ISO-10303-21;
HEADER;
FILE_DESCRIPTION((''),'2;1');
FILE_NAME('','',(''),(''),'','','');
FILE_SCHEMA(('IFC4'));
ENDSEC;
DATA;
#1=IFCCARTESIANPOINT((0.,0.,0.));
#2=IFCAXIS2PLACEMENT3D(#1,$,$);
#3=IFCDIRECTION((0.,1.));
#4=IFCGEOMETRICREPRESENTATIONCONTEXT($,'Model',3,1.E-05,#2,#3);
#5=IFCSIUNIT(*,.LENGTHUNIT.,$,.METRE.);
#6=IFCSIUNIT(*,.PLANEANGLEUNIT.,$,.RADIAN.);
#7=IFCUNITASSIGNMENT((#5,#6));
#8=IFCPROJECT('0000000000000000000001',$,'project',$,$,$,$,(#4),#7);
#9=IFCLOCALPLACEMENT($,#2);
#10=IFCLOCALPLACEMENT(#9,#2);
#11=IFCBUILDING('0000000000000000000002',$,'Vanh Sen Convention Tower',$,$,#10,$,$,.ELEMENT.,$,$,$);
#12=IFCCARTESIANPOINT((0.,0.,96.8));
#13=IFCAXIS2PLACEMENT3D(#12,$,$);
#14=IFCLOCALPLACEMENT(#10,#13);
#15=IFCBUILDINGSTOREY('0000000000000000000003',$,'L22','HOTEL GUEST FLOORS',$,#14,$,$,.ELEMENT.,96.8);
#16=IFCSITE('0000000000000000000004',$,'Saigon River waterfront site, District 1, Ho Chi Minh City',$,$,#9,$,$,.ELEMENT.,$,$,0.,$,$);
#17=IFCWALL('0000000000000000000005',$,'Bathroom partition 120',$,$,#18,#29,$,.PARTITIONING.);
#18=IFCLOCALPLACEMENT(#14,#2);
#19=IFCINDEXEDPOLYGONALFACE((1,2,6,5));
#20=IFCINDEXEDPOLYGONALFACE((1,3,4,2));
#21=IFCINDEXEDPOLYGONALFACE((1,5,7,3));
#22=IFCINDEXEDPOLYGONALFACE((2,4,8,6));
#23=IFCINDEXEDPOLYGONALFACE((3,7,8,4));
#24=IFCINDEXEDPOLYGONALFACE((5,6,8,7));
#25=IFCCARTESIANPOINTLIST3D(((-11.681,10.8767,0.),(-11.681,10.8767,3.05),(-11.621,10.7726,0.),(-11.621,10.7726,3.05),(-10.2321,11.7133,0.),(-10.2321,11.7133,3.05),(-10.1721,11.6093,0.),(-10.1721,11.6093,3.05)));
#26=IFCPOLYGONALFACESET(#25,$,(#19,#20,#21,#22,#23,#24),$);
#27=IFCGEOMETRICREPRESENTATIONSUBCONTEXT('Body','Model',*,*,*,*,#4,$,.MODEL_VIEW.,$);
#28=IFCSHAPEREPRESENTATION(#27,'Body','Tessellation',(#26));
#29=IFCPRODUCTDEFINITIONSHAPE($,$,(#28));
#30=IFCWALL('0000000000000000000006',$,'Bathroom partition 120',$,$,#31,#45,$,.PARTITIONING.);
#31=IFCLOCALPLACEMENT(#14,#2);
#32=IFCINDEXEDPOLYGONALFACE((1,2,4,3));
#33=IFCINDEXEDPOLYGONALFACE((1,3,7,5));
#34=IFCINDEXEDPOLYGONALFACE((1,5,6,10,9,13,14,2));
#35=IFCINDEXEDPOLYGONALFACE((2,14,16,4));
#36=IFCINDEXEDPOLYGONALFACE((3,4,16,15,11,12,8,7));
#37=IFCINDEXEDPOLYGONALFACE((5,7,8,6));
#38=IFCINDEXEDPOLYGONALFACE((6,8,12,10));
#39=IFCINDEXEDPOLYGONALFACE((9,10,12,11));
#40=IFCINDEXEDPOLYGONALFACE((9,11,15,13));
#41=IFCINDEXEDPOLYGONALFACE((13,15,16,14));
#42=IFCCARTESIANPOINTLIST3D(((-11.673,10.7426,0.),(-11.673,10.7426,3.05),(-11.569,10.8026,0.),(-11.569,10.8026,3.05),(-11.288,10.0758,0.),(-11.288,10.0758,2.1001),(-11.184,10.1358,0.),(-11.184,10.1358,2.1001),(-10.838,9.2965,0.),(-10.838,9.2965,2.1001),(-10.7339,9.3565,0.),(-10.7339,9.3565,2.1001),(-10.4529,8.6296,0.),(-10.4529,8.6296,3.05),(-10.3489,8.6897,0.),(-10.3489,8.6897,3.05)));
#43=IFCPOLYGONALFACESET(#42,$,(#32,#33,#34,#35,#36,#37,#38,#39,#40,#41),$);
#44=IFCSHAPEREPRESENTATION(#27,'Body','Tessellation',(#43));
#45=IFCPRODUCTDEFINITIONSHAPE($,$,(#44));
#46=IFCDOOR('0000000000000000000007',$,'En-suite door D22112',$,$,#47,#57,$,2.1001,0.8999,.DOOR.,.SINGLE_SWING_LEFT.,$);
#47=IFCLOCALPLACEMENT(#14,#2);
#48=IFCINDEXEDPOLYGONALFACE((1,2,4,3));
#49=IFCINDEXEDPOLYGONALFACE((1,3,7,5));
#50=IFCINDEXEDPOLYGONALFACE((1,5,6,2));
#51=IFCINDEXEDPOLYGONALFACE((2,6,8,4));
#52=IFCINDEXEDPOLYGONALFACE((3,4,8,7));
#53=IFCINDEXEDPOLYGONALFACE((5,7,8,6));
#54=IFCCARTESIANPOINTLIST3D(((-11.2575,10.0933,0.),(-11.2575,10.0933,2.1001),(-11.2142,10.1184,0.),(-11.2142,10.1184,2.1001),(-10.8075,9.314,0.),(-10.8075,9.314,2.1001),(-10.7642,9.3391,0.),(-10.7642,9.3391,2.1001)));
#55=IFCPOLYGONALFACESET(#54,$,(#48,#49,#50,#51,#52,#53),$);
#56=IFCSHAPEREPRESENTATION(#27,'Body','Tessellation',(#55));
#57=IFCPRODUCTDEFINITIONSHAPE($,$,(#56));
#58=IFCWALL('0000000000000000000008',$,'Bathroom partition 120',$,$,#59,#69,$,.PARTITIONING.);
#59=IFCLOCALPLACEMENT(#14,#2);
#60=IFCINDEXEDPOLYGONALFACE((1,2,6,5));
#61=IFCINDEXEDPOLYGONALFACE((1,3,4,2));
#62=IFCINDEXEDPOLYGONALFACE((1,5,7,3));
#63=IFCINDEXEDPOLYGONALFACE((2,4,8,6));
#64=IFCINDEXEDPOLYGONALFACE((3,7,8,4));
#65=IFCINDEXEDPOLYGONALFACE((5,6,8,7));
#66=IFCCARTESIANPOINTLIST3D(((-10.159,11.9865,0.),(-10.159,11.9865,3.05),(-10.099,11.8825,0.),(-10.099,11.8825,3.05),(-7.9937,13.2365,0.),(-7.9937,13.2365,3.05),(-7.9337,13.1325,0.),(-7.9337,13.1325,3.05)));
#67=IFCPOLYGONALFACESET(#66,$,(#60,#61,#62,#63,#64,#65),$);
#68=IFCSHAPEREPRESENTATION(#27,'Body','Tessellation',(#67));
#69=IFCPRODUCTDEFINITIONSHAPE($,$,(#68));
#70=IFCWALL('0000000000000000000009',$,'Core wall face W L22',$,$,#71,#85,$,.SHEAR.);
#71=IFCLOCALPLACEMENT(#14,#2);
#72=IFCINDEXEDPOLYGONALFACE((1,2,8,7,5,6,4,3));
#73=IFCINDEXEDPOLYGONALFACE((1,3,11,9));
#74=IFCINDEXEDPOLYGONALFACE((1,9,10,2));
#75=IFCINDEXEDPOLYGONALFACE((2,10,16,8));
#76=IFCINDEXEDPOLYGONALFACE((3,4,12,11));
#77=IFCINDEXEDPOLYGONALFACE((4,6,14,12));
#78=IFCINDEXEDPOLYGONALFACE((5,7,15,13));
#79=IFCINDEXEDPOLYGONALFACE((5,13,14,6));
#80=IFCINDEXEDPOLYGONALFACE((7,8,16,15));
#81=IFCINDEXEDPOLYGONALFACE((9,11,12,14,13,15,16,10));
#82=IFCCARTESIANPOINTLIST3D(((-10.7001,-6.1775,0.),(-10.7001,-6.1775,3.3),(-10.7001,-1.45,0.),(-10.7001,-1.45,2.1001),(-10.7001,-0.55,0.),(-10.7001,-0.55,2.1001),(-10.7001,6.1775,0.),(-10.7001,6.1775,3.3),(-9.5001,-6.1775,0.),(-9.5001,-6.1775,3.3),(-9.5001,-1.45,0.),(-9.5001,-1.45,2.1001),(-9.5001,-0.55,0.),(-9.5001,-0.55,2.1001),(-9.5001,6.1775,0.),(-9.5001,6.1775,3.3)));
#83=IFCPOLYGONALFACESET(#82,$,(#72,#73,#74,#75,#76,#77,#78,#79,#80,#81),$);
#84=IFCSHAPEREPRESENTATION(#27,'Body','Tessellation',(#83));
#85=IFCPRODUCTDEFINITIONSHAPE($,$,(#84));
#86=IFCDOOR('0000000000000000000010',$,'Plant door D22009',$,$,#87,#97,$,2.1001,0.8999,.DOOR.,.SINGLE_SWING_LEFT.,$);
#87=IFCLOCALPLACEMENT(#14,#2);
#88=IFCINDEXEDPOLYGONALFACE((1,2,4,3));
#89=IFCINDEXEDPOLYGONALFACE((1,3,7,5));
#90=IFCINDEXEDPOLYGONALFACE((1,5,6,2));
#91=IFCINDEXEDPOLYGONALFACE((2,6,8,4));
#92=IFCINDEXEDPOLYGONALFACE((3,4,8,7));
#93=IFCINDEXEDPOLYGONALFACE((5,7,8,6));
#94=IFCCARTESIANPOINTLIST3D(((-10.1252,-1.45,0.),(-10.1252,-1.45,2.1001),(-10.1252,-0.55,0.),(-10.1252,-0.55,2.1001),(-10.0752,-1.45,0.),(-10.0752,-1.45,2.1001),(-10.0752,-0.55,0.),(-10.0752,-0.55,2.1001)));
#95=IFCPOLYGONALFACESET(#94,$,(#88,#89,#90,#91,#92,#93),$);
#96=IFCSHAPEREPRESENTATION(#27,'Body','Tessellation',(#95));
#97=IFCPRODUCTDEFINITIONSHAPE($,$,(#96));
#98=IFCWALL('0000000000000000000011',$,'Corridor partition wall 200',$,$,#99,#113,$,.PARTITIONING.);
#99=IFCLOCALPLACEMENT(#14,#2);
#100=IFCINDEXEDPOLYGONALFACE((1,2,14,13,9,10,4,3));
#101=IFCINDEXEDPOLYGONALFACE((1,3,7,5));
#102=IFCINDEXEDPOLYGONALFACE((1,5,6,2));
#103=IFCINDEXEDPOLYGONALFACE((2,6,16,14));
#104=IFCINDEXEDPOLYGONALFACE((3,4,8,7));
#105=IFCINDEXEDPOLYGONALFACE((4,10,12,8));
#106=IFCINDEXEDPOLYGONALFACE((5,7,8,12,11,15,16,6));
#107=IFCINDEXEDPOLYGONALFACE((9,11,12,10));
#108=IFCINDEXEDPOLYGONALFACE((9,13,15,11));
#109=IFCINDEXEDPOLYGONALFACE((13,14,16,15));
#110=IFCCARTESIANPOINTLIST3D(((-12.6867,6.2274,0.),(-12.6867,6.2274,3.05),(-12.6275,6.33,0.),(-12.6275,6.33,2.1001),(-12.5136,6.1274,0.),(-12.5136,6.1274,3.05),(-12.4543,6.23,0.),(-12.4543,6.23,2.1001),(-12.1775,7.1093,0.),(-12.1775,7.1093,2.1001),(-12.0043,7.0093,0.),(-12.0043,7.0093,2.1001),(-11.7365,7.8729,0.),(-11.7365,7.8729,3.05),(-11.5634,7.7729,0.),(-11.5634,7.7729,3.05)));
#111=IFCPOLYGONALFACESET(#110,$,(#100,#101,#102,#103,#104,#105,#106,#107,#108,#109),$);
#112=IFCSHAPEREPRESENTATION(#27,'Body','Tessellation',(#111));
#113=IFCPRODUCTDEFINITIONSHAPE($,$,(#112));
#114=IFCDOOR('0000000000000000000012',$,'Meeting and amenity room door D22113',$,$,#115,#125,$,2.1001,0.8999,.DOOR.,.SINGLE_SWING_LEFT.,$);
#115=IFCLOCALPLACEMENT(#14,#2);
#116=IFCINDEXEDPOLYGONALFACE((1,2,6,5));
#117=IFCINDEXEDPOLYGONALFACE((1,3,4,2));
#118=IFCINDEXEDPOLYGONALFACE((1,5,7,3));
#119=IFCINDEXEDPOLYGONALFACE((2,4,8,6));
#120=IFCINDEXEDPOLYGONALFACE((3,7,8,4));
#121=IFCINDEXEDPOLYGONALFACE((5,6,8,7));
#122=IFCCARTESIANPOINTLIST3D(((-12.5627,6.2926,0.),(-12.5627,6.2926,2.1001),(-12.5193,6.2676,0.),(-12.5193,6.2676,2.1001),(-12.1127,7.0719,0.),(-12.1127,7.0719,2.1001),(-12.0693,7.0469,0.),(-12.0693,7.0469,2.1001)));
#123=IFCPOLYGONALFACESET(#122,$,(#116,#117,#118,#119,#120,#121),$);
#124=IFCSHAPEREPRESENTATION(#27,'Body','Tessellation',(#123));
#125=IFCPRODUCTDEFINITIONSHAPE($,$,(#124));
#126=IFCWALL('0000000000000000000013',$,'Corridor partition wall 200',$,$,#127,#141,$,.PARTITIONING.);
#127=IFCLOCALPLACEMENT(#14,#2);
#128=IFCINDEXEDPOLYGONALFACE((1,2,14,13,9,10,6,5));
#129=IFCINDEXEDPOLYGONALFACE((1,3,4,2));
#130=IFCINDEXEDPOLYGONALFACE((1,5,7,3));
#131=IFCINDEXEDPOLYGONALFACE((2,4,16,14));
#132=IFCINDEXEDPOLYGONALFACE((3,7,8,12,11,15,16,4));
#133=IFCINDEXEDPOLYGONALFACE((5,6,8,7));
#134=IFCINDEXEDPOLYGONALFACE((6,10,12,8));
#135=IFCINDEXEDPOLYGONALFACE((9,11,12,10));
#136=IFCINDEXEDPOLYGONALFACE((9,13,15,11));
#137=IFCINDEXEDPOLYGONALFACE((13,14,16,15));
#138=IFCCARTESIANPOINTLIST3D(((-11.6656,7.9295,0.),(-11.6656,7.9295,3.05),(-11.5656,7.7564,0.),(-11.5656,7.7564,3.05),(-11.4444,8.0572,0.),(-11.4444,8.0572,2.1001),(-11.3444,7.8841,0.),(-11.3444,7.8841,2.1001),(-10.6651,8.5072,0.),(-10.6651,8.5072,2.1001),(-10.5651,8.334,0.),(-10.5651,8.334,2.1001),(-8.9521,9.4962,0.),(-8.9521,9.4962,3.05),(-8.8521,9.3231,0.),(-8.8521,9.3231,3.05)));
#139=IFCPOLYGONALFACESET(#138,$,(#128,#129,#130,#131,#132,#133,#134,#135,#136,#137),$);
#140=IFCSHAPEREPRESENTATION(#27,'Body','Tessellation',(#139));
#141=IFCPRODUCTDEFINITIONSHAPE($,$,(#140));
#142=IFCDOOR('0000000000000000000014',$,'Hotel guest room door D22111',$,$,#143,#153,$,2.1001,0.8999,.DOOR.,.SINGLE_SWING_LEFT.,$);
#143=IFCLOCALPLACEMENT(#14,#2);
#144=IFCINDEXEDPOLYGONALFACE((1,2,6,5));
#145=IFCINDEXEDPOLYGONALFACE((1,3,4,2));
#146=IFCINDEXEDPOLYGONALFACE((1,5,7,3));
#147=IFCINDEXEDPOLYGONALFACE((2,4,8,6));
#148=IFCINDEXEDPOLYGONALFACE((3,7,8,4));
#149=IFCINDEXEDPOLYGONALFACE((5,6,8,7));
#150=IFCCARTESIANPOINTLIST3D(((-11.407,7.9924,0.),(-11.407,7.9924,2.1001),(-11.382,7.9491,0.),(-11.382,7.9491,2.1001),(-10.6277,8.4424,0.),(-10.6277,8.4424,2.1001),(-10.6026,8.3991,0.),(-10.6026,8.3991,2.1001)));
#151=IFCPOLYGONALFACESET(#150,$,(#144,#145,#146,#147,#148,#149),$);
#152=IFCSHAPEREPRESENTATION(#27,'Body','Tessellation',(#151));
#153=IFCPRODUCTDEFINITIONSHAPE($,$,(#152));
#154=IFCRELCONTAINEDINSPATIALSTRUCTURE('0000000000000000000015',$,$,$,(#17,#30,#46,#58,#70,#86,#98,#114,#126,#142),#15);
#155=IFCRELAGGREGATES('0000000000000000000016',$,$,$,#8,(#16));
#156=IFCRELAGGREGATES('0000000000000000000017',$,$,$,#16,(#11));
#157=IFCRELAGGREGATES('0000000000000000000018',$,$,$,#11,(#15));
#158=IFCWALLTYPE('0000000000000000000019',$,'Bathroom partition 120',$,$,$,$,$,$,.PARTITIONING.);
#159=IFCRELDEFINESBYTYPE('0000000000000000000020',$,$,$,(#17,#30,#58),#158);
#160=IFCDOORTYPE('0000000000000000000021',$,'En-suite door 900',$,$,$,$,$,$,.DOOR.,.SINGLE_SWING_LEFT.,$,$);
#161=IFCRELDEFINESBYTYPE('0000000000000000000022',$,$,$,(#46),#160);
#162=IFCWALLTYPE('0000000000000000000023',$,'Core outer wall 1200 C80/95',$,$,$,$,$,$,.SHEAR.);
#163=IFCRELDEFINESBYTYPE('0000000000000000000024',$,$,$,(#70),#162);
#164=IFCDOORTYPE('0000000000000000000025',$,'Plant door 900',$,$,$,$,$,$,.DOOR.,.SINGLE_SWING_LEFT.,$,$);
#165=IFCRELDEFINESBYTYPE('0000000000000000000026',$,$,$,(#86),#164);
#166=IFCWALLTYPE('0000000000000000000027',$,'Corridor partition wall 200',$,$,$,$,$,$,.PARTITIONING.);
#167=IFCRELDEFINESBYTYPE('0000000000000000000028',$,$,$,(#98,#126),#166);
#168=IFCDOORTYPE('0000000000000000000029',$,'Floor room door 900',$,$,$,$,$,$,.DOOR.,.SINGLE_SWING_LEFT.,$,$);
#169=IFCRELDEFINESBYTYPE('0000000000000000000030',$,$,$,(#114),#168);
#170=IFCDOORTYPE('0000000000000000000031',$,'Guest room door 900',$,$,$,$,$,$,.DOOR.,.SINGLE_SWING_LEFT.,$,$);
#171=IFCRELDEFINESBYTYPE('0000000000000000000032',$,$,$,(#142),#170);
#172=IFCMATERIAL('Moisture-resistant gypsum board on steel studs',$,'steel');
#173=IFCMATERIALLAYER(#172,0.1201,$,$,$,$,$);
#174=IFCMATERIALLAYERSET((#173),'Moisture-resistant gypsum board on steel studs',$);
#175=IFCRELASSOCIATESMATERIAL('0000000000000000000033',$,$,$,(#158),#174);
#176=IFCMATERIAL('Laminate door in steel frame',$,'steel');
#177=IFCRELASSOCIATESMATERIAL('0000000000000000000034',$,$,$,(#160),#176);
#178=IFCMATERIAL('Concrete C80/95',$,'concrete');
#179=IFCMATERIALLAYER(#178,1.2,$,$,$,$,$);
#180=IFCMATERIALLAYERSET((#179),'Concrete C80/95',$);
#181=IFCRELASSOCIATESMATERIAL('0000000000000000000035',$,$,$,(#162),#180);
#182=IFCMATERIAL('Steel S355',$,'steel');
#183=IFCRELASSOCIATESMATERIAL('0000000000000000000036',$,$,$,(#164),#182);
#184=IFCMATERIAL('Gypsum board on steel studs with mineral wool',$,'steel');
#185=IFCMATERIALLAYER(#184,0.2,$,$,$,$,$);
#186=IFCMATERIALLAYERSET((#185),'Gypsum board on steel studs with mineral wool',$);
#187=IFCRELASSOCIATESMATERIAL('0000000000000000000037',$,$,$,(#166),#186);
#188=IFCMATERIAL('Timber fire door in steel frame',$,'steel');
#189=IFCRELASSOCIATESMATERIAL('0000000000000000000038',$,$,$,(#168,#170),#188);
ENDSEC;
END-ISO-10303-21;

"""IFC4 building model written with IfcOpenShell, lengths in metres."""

from ifc_helpers import new_model, si_unit, direction, frame, frame_2d, origin, place, context, subcontext, project, spatial, rectangle, extrude, material, layer, layer_set, type_object, element, fill, save


model = new_model("IFC4")

# Units and contexts
model_context = context("Model", 3, precision=1e-05, world=origin(), true_north=direction((0.0, 1.0)))
body_context = subcontext(model_context, "Body", "Model", "MODEL_VIEW")
ifc_project = project(units=[si_unit("LENGTHUNIT", "METRE"), si_unit("PLANEANGLEUNIT", "RADIAN")], contexts=[model_context])

# Site, building, storey
site_placement = place(None, origin())
site = spatial("IfcSite", under=ifc_project, at=site_placement, Name="Saigon River waterfront site, District 1, Ho Chi Minh City", CompositionType="ELEMENT", RefElevation=0.0)
building_placement = place(site_placement, origin())
building = spatial("IfcBuilding", under=site, at=building_placement, Name="Vanh Sen Convention Tower", CompositionType="ELEMENT")
storey_placement = place(building_placement, frame((0.0, 0.0, 96.8)))
storey = spatial("IfcBuildingStorey", under=building, at=storey_placement, Name="L22", Description="HOTEL GUEST FLOORS", CompositionType="ELEMENT", Elevation=96.8)

# Wall
ifc_material_1 = material(Name="Moisture-resistant gypsum board on steel studs", Category="steel")
ifc_layer_1 = layer(ifc_material_1, 0.1201)
ifc_layer_set_1 = layer_set([ifc_layer_1], Name="Moisture-resistant gypsum board on steel studs")
wall_type_1 = type_object("IfcWallType", Name="Bathroom partition 120", PredefinedType="PARTITIONING", material=ifc_layer_set_1)
wall_1_placement = place(storey_placement, frame((-11.6509, 10.8247, 0.0), z_axis=(0.0, 0.0, 1.0), x_axis=(0.865998, 0.500047, 0.0)))
element("IfcWall", 1, at=wall_1_placement, inside=storey, type_object=wall_type_1, Name="Bathroom partition 120", PredefinedType="PARTITIONING", context=body_context, shape_type="SweptSolid", body=[
    extrude(rectangle(XDim=1.6731, YDim=0.1201, at=frame_2d((0.8364, 0.0))), origin(), (0.0, 0.0, 1.0), 3.05),
])

# Wall, opening, door
wall_2_placement = place(storey_placement, frame((-10.4009, 8.6597, 0.0), z_axis=(0.0, 0.0, 1.0), x_axis=(-0.500078, 0.865981, 0.0)))
wall_2 = element("IfcWall", 2, at=wall_2_placement, inside=storey, type_object=wall_type_1, Name="Bathroom partition 120", PredefinedType="PARTITIONING", context=body_context, shape_type="SweptSolid", body=[
    extrude(rectangle(XDim=2.4399, YDim=0.1201, at=frame_2d((1.22, 0.0))), origin(), (0.0, 0.0, 1.0), 3.05),
])
opening_1_placement = place(wall_2_placement, frame((0.77, 0.0, 0.0)))
opening_1 = element("IfcOpeningElement", 3, at=opening_1_placement, cuts=wall_2, PredefinedType="OPENING", context=body_context, shape_type="SweptSolid", body=[
    extrude(rectangle(XDim=0.8999, YDim=2.1001, at=frame_2d((0.45, 1.05))), frame((0.0, 0.0701, 0.0), z_axis=(0.0, -1.0, 0.0), x_axis=(1.0, 0.0, 0.0)), (0.0, 0.0, 1.0), 0.1401),
])
ifc_material_2 = material(Name="Laminate door in steel frame", Category="steel")
door_type_1 = type_object("IfcDoorType", Name="En-suite door 900", OperationType="SINGLE_SWING_LEFT", PredefinedType="DOOR", material=ifc_material_2)
door_1_placement = place(opening_1_placement, origin())
door_1 = element("IfcDoor", 4, at=door_1_placement, inside=storey, type_object=door_type_1, Name="En-suite door D22112", OperationType="SINGLE_SWING_LEFT", OverallHeight=2.1001, OverallWidth=0.8999, PredefinedType="DOOR", context=body_context, shape_type="SweptSolid", body=[
    extrude(rectangle(XDim=0.8999, YDim=2.1001, at=frame_2d((0.45, 1.05))), frame((0.0, 0.0249, 0.0), z_axis=(0.0, -1.0, 0.0), x_axis=(1.0, 0.0, 0.0)), (0.0, 0.0, 1.0), 0.05),
])
fill(opening_1, door_1)

# Wall
wall_3_placement = place(storey_placement, frame((-10.1289, 11.9346, 0.0), z_axis=(0.0, 0.0, 1.0), x_axis=(0.866047, 0.499962, 0.0)))
element("IfcWall", 5, at=wall_3_placement, inside=storey, type_object=wall_type_1, Name="Bathroom partition 120", PredefinedType="PARTITIONING", context=body_context, shape_type="SweptSolid", body=[
    extrude(rectangle(XDim=2.5002, YDim=0.1201, at=frame_2d((1.25, 0.0))), origin(), (0.0, 0.0, 1.0), 3.05),
])

# Walls, openings, doors
ifc_material_3 = material(Name="Concrete C80/95", Category="concrete")
ifc_layer_2 = layer(ifc_material_3, 1.2)
ifc_layer_set_2 = layer_set([ifc_layer_2], Name="Concrete C80/95")
wall_type_2 = type_object("IfcWallType", Name="Core outer wall 1200 C80/95", PredefinedType="SHEAR", material=ifc_layer_set_2)
wall_4_placement = place(storey_placement, frame((-10.1001, 6.1775, 0.0), z_axis=(0.0, 0.0, 1.0), x_axis=(0.0, -1.0, 0.0)))
wall_4 = element("IfcWall", 6, at=wall_4_placement, inside=storey, type_object=wall_type_2, Name="Core wall face W L22", PredefinedType="SHEAR", context=body_context, shape_type="SweptSolid", body=[
    extrude(rectangle(XDim=12.355, YDim=1.2, at=frame_2d((6.1775, 0.0))), origin(), (0.0, 0.0, 1.0), 3.3),
])
opening_2_placement = place(wall_4_placement, frame((6.7275, 0.0, 0.0)))
opening_2 = element("IfcOpeningElement", 7, at=opening_2_placement, cuts=wall_4, PredefinedType="OPENING", context=body_context, shape_type="SweptSolid", body=[
    extrude(rectangle(XDim=0.8999, YDim=2.1001, at=frame_2d((0.45, 1.05))), frame((0.0, 0.6099, 0.0), z_axis=(0.0, -1.0, 0.0), x_axis=(1.0, 0.0, 0.0)), (0.0, 0.0, 1.0), 1.22),
])
ifc_material_4 = material(Name="Steel S355", Category="steel")
door_type_2 = type_object("IfcDoorType", Name="Plant door 900", OperationType="SINGLE_SWING_LEFT", PredefinedType="DOOR", material=ifc_material_4)
door_2_placement = place(opening_2_placement, origin())
door_2 = element("IfcDoor", 8, at=door_2_placement, inside=storey, type_object=door_type_2, Name="Plant door D22009", OperationType="SINGLE_SWING_LEFT", OverallHeight=2.1001, OverallWidth=0.8999, PredefinedType="DOOR", context=body_context, shape_type="SweptSolid", body=[
    extrude(rectangle(XDim=0.8999, YDim=2.1001, at=frame_2d((0.45, 1.05))), frame((0.0, 0.0249, 0.0), z_axis=(0.0, -1.0, 0.0), x_axis=(1.0, 0.0, 0.0)), (0.0, 0.0, 1.0), 0.05),
])
fill(opening_2, door_2)
ifc_material_5 = material(Name="Gypsum board on steel studs with mineral wool", Category="steel")
ifc_layer_3 = layer(ifc_material_5, 0.2)
ifc_layer_set_3 = layer_set([ifc_layer_3], Name="Gypsum board on steel studs with mineral wool")
wall_type_3 = type_object("IfcWallType", Name="Corridor partition wall 200", PredefinedType="PARTITIONING", material=ifc_layer_set_3)
wall_5_placement = place(storey_placement, frame((-11.6499, 7.823, 0.0), z_axis=(0.0, 0.0, 1.0), x_axis=(-0.500064, -0.865989, 0.0)))
wall_5 = element("IfcWall", 9, at=wall_5_placement, inside=storey, type_object=wall_type_3, Name="Corridor partition wall 200", PredefinedType="PARTITIONING", context=body_context, shape_type="SweptSolid", body=[
    extrude(rectangle(XDim=1.9001, YDim=0.2, at=frame_2d((0.9502, 0.0))), origin(), (0.0, 0.0, 1.0), 3.05),
])
opening_3_placement = place(wall_5_placement, frame((0.8818, 0.0, 0.0)))
opening_3 = element("IfcOpeningElement", 10, at=opening_3_placement, cuts=wall_5, PredefinedType="OPENING", context=body_context, shape_type="SweptSolid", body=[
    extrude(rectangle(XDim=0.8999, YDim=2.1001, at=frame_2d((0.45, 1.05))), frame((0.0, 0.1099, 0.0), z_axis=(0.0, -1.0, 0.0), x_axis=(1.0, 0.0, 0.0)), (0.0, 0.0, 1.0), 0.22),
])
ifc_material_6 = material(Name="Timber fire door in steel frame", Category="steel")
door_type_3 = type_object("IfcDoorType", Name="Floor room door 900", OperationType="SINGLE_SWING_LEFT", PredefinedType="DOOR", material=ifc_material_6)
door_3_placement = place(opening_3_placement, origin())
door_3 = element("IfcDoor", 11, at=door_3_placement, inside=storey, type_object=door_type_3, Name="Meeting and amenity room door D22113", OperationType="SINGLE_SWING_LEFT", OverallHeight=2.1001, OverallWidth=0.8999, PredefinedType="DOOR", context=body_context, shape_type="SweptSolid", body=[
    extrude(rectangle(XDim=0.8999, YDim=2.1001, at=frame_2d((0.45, 1.05))), frame((0.0, 0.0249, 0.0), z_axis=(0.0, -1.0, 0.0), x_axis=(1.0, 0.0, 0.0)), (0.0, 0.0, 1.0), 0.05),
])
fill(opening_3, door_3)
wall_6_placement = place(storey_placement, frame((-8.9021, 9.4097, 0.0), z_axis=(0.0, 0.0, 1.0), x_axis=(-0.866014, -0.500019, 0.0)))
wall_6 = element("IfcWall", 12, at=wall_6_placement, inside=storey, type_object=wall_type_3, Name="Corridor partition wall 200", PredefinedType="PARTITIONING", context=body_context, shape_type="SweptSolid", body=[
    extrude(rectangle(XDim=3.1333, YDim=0.2, at=frame_2d((1.5667, 0.0))), origin(), (0.0, 0.0, 1.0), 3.05),
])
opening_4_placement = place(wall_6_placement, frame((1.978, 0.0, 0.0)))
opening_4 = element("IfcOpeningElement", 13, at=opening_4_placement, cuts=wall_6, PredefinedType="OPENING", context=body_context, shape_type="SweptSolid", body=[
    extrude(rectangle(XDim=0.8999, YDim=2.1001, at=frame_2d((0.45, 1.05))), frame((0.0, 0.1099, 0.0), z_axis=(0.0, -1.0, 0.0), x_axis=(1.0, 0.0, 0.0)), (0.0, 0.0, 1.0), 0.22),
])
door_type_4 = type_object("IfcDoorType", Name="Guest room door 900", OperationType="SINGLE_SWING_LEFT", PredefinedType="DOOR", material=ifc_material_6)
door_4_placement = place(opening_4_placement, origin())
door_4 = element("IfcDoor", 14, at=door_4_placement, inside=storey, type_object=door_type_4, Name="Hotel guest room door D22111", OperationType="SINGLE_SWING_LEFT", OverallHeight=2.1001, OverallWidth=0.8999, PredefinedType="DOOR", context=body_context, shape_type="SweptSolid", body=[
    extrude(rectangle(XDim=0.8999, YDim=2.1001, at=frame_2d((0.45, 1.05))), frame((0.0, 0.0249, 0.0), z_axis=(0.0, -1.0, 0.0), x_axis=(1.0, 0.0, 0.0)), (0.0, 0.0, 1.0), 0.05),
])
fill(opening_4, door_4)

save(model, "model.ifc")
